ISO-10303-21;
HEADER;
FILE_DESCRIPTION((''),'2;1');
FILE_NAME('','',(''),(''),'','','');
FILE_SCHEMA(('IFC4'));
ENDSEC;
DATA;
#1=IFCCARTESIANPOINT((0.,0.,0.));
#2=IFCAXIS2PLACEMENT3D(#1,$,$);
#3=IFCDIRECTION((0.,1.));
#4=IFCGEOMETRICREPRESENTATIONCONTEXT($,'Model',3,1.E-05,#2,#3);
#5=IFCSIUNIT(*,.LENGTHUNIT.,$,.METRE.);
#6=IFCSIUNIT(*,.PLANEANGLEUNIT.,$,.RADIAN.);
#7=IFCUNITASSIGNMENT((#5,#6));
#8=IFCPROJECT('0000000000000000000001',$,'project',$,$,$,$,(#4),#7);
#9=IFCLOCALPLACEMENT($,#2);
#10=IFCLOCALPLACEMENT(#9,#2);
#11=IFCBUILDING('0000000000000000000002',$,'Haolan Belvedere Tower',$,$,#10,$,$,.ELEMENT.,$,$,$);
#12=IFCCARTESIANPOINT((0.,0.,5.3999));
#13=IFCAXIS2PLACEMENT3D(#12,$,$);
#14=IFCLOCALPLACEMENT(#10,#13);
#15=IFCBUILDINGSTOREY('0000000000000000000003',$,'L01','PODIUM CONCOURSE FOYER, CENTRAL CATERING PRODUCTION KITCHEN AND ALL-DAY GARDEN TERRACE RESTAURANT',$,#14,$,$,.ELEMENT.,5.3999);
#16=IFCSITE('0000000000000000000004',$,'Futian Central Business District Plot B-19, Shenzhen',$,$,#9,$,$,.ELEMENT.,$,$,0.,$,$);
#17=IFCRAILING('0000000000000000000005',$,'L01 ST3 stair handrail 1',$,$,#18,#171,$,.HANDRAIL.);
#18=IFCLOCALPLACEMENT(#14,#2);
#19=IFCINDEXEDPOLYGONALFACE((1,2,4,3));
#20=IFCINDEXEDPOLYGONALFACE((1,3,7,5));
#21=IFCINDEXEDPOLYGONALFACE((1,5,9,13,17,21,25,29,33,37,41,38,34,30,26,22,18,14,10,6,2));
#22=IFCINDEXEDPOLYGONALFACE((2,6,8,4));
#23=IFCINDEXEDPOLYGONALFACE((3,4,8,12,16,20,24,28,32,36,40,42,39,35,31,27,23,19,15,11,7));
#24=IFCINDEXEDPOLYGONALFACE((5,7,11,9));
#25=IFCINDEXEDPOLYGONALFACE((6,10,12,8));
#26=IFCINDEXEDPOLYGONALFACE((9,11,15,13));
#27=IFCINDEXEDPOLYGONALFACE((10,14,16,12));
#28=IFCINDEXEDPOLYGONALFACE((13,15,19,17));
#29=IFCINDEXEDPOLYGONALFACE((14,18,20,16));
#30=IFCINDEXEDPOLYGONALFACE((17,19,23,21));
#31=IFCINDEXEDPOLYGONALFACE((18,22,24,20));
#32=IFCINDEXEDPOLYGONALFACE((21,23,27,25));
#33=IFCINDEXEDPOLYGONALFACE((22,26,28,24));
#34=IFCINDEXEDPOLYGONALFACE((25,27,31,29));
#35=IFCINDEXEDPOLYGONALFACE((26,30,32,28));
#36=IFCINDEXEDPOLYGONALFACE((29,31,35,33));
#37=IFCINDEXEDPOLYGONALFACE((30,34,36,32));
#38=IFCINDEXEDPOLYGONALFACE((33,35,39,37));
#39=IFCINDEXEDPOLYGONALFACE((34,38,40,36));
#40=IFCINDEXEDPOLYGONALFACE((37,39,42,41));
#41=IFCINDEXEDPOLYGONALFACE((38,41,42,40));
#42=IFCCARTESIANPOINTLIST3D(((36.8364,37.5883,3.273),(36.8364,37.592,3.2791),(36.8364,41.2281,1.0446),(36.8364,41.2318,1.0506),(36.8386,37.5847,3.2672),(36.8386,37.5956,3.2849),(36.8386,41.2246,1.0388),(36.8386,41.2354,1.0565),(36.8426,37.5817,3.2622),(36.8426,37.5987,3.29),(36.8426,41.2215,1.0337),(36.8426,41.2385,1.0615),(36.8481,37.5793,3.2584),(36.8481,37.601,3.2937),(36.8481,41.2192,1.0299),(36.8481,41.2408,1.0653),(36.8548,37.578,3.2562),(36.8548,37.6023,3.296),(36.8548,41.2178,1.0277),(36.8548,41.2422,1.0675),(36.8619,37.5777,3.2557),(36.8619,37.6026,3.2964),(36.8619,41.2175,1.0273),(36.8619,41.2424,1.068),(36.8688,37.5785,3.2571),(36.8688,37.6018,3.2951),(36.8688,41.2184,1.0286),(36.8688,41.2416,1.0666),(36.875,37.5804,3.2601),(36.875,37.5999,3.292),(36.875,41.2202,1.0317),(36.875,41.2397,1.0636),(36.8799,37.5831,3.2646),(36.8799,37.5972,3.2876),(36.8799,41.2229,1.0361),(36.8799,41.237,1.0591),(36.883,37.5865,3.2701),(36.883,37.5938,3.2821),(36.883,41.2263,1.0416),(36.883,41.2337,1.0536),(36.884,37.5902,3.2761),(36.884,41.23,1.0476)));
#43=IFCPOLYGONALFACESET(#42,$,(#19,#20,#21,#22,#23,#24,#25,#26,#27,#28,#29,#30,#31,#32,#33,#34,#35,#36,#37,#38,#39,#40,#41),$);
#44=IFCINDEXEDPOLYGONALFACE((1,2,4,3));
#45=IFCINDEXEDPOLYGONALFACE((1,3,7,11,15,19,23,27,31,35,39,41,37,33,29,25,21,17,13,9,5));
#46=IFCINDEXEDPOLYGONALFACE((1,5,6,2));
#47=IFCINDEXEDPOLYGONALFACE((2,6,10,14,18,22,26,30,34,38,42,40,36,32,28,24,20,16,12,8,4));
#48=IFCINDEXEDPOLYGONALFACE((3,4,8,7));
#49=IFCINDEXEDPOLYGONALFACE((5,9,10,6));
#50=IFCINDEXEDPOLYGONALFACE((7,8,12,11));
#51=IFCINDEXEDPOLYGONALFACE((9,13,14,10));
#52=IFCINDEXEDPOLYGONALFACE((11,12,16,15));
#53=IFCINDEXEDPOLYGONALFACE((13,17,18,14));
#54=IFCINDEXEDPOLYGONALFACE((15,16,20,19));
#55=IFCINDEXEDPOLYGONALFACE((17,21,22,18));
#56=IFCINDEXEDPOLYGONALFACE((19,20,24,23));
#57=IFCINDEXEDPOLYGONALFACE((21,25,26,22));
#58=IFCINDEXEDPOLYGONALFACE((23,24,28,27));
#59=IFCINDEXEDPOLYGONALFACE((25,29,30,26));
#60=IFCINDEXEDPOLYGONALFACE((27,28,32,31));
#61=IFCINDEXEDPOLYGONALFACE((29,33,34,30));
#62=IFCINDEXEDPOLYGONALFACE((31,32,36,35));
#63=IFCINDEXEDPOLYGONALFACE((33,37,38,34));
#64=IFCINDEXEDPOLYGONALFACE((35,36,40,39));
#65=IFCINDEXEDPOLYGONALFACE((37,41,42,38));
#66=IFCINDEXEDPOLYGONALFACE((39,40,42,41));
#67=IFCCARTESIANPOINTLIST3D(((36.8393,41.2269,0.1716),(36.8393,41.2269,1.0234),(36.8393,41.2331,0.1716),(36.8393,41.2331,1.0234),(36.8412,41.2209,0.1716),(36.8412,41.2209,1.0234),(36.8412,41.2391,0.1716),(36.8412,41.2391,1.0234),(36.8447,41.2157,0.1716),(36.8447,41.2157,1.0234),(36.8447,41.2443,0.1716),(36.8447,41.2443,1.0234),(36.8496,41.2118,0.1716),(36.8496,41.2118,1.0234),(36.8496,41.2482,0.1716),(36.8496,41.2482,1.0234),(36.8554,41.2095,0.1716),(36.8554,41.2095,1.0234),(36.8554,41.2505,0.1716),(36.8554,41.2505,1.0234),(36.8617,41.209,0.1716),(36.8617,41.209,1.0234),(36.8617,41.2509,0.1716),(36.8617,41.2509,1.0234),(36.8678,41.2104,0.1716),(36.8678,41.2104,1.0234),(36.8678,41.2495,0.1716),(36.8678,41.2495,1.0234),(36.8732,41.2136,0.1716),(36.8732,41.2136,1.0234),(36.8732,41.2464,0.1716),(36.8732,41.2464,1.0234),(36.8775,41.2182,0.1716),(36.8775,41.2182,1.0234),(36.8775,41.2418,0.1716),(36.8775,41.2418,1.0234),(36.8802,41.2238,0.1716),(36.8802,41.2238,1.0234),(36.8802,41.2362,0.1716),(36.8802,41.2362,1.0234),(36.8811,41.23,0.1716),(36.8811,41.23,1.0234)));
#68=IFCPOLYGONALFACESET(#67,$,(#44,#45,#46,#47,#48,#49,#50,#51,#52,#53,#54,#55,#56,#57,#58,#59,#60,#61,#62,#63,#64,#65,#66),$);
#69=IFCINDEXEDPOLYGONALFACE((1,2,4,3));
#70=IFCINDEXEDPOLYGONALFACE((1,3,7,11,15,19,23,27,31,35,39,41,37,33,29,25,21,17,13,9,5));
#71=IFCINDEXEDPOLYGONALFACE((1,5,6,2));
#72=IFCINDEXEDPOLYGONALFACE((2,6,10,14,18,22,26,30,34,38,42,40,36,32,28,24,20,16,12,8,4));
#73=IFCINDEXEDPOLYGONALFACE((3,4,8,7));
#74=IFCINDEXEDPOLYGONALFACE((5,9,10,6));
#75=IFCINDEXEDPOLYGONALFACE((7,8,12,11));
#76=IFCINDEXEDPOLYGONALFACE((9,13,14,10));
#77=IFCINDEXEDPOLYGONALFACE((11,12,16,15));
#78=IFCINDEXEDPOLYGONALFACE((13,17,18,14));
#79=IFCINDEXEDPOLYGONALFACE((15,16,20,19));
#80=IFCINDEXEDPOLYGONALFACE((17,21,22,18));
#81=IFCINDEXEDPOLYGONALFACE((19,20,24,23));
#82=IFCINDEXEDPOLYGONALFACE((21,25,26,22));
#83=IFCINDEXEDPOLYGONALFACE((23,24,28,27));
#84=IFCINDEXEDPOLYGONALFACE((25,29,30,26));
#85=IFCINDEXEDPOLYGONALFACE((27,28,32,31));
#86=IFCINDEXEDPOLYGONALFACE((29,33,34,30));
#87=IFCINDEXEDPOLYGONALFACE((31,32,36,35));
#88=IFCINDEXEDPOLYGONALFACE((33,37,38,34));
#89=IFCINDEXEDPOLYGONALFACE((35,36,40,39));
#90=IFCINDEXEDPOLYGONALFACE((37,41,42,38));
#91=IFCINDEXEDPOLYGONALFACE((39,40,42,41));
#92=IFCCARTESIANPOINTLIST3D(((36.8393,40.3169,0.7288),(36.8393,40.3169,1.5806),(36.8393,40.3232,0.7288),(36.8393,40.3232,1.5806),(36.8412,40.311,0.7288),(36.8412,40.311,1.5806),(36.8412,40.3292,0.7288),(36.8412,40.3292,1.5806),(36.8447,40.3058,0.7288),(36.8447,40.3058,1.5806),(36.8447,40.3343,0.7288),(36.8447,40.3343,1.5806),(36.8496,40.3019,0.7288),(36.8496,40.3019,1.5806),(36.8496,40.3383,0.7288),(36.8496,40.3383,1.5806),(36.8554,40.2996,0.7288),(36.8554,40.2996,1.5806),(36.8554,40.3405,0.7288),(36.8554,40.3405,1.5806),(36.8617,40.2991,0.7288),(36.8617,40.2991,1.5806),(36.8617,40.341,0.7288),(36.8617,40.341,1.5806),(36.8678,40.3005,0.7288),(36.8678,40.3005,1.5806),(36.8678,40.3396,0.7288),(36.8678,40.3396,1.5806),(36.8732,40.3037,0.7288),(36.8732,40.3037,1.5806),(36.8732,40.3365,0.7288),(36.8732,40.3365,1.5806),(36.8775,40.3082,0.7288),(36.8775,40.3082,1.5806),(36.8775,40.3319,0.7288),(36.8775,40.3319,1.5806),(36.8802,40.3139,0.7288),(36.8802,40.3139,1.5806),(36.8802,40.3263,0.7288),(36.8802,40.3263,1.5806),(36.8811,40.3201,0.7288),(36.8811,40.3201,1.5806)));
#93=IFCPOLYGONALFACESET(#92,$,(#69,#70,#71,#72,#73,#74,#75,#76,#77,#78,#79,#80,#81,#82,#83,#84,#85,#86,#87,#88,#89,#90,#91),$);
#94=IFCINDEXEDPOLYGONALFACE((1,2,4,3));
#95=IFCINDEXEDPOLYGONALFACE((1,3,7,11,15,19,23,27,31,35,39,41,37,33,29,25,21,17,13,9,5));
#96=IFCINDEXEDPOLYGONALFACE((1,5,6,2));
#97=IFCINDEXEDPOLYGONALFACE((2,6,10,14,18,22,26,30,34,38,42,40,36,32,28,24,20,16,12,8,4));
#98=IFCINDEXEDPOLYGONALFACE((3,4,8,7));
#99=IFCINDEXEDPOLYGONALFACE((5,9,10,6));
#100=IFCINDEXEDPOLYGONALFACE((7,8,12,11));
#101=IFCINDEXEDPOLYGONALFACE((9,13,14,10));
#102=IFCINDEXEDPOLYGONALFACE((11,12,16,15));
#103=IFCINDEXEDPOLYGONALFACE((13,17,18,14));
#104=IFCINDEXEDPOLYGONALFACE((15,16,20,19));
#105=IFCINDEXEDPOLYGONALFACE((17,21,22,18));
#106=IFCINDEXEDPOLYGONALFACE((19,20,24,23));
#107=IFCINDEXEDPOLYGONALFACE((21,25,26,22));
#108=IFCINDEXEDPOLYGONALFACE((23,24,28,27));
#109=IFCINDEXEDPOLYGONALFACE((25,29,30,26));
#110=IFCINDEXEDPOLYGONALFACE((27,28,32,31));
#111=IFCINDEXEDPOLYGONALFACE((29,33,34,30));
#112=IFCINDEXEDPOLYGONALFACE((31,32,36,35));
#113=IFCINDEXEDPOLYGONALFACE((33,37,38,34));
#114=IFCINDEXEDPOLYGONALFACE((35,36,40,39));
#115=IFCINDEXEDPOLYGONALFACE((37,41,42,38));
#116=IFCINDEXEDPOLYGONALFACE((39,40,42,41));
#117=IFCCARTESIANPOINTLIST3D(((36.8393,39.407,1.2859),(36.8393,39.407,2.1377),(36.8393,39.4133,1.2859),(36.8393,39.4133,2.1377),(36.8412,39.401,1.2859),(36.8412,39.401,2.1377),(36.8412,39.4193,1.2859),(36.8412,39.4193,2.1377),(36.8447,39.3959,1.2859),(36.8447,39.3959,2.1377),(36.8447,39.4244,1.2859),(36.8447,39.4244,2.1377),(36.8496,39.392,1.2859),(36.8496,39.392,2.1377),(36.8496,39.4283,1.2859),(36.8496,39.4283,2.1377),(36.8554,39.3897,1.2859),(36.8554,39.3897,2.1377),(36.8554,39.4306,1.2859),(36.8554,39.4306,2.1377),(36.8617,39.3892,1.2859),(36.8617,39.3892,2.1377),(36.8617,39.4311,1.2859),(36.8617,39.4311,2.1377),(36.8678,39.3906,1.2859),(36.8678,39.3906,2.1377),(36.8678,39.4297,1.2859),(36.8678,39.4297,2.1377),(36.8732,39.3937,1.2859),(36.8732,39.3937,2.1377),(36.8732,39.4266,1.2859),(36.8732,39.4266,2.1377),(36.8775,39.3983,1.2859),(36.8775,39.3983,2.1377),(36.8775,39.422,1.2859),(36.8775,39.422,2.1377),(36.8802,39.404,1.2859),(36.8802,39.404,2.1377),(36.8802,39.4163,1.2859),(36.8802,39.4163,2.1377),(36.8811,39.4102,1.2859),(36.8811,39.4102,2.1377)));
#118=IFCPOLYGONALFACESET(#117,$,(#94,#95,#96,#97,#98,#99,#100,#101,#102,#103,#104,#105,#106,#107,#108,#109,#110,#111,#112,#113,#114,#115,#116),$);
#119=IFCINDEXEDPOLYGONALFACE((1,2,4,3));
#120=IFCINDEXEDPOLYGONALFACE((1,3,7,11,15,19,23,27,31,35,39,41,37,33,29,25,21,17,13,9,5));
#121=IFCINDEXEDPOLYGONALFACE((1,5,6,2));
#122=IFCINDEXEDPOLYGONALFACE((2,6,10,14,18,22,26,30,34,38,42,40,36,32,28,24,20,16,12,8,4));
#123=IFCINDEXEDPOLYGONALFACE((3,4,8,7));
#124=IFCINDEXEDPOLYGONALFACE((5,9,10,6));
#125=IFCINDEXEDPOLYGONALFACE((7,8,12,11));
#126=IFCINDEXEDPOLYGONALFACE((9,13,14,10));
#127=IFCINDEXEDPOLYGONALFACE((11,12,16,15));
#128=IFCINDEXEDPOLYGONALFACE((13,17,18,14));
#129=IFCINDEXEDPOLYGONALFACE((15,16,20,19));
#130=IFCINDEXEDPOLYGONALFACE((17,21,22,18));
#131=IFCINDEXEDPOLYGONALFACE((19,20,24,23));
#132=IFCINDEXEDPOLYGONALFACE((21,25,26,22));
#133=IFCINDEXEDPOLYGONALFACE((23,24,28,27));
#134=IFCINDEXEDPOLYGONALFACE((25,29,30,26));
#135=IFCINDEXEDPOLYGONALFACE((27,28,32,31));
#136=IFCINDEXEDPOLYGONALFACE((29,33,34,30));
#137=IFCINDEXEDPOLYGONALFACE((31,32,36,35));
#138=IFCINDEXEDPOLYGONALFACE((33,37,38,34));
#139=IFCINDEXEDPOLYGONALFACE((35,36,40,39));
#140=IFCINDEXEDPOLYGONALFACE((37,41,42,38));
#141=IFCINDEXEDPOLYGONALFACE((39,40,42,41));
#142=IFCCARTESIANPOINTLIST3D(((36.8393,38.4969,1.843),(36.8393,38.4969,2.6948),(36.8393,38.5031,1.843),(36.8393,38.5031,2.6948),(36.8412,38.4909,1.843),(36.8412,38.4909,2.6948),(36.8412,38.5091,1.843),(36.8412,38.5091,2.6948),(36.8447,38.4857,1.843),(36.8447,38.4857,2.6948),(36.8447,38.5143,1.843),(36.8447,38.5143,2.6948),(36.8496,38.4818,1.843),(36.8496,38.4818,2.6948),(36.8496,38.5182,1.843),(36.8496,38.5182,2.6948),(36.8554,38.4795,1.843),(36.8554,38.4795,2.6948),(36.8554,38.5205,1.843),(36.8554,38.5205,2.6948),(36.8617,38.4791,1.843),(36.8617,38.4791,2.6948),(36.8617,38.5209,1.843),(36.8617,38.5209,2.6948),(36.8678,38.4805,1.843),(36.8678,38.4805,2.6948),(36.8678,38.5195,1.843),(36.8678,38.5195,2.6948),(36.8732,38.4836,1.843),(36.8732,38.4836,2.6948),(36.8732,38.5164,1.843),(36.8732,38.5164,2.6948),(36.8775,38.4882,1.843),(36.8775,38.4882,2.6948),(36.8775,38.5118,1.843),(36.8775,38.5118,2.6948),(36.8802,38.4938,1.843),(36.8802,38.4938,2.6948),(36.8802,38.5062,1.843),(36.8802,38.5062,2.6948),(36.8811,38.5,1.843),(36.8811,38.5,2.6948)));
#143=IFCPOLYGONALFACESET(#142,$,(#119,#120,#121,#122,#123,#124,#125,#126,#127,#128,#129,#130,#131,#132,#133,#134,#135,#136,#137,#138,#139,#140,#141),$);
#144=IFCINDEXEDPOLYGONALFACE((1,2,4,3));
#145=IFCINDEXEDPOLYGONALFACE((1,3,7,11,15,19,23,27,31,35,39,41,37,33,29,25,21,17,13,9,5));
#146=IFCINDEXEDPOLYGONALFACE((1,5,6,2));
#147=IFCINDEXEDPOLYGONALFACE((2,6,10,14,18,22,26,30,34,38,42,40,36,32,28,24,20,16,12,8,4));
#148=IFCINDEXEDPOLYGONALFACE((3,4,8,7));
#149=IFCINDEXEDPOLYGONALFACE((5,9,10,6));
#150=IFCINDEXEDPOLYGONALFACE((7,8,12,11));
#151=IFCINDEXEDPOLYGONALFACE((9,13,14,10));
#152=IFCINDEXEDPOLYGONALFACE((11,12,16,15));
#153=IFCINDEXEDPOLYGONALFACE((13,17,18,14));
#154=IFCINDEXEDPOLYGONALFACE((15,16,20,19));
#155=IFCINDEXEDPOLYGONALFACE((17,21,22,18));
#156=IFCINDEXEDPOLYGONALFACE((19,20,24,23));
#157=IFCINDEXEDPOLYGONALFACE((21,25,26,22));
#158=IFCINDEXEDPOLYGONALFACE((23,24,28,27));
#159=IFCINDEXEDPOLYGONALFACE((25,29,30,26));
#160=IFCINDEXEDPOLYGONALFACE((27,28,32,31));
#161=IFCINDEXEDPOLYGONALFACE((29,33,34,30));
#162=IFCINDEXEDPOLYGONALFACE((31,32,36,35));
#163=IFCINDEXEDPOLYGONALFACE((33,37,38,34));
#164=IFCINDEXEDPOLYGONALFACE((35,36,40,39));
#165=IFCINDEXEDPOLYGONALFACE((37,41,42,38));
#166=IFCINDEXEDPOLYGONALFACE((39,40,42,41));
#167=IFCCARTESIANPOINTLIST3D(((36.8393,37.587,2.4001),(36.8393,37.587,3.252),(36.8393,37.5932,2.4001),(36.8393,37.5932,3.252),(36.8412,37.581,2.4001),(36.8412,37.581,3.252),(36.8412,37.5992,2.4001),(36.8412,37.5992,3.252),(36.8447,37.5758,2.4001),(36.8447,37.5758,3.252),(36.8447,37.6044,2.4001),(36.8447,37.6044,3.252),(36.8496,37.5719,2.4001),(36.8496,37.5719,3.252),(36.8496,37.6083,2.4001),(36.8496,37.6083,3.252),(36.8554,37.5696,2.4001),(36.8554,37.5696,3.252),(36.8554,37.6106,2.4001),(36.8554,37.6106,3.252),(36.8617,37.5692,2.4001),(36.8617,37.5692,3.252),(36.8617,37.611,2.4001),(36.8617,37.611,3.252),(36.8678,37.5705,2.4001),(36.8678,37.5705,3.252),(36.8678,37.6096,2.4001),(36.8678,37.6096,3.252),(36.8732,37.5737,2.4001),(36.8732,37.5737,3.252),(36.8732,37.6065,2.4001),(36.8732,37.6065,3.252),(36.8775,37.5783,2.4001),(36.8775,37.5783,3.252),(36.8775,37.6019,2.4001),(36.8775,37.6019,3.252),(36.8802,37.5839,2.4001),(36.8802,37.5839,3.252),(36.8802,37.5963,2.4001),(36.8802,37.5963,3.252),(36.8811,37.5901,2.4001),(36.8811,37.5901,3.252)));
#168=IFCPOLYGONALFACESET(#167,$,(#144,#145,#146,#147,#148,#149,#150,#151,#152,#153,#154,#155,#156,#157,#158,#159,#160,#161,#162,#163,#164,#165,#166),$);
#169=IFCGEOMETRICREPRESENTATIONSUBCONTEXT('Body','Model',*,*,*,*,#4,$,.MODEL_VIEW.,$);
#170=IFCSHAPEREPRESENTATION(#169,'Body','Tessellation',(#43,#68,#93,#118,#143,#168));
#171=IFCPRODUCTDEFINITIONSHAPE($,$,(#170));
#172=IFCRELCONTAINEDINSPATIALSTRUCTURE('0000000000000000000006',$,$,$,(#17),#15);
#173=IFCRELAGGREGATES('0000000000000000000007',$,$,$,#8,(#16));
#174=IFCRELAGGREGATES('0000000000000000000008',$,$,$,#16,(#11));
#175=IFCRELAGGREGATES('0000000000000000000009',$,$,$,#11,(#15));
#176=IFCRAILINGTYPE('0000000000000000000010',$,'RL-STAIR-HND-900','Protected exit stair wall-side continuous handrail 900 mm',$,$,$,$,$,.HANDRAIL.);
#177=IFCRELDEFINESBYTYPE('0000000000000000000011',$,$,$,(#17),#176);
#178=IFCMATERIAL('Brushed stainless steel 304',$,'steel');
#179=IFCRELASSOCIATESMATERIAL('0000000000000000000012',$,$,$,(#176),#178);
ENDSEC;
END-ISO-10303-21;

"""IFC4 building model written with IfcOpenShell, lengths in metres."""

from ifc_helpers import new_model, si_unit, direction, frame, origin, origin_2d, place, context, subcontext, project, spatial, circle, extrude, material, type_object, element, save


model = new_model("IFC4")

# Units and contexts
model_context = context("Model", 3, precision=1e-05, world=origin(), true_north=direction((0.0, 1.0)))
body_context = subcontext(model_context, "Body", "Model", "MODEL_VIEW")
ifc_project = project(units=[si_unit("LENGTHUNIT", "METRE"), si_unit("PLANEANGLEUNIT", "RADIAN")], contexts=[model_context])

# Site, building, storey
site_placement = place(None, origin())
site = spatial("IfcSite", under=ifc_project, at=site_placement, Name="Futian Central Business District Plot B-19, Shenzhen", CompositionType="ELEMENT", RefElevation=0.0)
building_placement = place(site_placement, origin())
building = spatial("IfcBuilding", under=site, at=building_placement, Name="Haolan Belvedere Tower", CompositionType="ELEMENT")
storey_placement = place(building_placement, frame((0.0, 0.0, 5.3999)))
storey = spatial("IfcBuildingStorey", under=building, at=storey_placement, Name="L01", Description="PODIUM CONCOURSE FOYER, CENTRAL CATERING PRODUCTION KITCHEN AND ALL-DAY GARDEN TERRACE RESTAURANT", CompositionType="ELEMENT", Elevation=5.3999)

# Railing
ifc_material_1 = material(Name="Brushed stainless steel 304", Category="steel")
railing_type_1 = type_object("IfcRailingType", Name="RL-STAIR-HND-900", Description="Protected exit stair wall-side continuous handrail 900 mm", PredefinedType="HANDRAIL", material=ifc_material_1)
railing_1_placement = place(storey_placement, frame((36.8601, 41.23, 0.1716)))
element("IfcRailing", 1, at=railing_1_placement, inside=storey, type_object=railing_type_1, Name="L01 ST3 stair handrail 1", PredefinedType="HANDRAIL", context=body_context, shape_type="SweptSolid", body=[
    extrude(circle(Radius=0.0239, at=origin_2d()), frame((0.0, 0.0, 0.876), z_axis=(0.0, -0.85285, 0.522156), x_axis=(1.0, 0.0, 0.0)), (0.0, 0.0, 1.0), 4.2678),
    extrude(circle(Radius=0.021, at=origin_2d()), origin(), (0.0, 0.0, 1.0), 0.8518),
    extrude(circle(Radius=0.021, at=origin_2d()), frame((0.0, -0.9099, 0.5571)), (0.0, 0.0, 1.0), 0.8518),
    extrude(circle(Radius=0.021, at=origin_2d()), frame((0.0, -1.8198, 1.1143)), (0.0, 0.0, 1.0), 0.8518),
    extrude(circle(Radius=0.021, at=origin_2d()), frame((0.0, -2.73, 1.6714)), (0.0, 0.0, 1.0), 0.8518),
    extrude(circle(Radius=0.021, at=origin_2d()), frame((0.0, -3.6399, 2.2285)), (0.0, 0.0, 1.0), 0.8518),
])

save(model, "model.ifc")
